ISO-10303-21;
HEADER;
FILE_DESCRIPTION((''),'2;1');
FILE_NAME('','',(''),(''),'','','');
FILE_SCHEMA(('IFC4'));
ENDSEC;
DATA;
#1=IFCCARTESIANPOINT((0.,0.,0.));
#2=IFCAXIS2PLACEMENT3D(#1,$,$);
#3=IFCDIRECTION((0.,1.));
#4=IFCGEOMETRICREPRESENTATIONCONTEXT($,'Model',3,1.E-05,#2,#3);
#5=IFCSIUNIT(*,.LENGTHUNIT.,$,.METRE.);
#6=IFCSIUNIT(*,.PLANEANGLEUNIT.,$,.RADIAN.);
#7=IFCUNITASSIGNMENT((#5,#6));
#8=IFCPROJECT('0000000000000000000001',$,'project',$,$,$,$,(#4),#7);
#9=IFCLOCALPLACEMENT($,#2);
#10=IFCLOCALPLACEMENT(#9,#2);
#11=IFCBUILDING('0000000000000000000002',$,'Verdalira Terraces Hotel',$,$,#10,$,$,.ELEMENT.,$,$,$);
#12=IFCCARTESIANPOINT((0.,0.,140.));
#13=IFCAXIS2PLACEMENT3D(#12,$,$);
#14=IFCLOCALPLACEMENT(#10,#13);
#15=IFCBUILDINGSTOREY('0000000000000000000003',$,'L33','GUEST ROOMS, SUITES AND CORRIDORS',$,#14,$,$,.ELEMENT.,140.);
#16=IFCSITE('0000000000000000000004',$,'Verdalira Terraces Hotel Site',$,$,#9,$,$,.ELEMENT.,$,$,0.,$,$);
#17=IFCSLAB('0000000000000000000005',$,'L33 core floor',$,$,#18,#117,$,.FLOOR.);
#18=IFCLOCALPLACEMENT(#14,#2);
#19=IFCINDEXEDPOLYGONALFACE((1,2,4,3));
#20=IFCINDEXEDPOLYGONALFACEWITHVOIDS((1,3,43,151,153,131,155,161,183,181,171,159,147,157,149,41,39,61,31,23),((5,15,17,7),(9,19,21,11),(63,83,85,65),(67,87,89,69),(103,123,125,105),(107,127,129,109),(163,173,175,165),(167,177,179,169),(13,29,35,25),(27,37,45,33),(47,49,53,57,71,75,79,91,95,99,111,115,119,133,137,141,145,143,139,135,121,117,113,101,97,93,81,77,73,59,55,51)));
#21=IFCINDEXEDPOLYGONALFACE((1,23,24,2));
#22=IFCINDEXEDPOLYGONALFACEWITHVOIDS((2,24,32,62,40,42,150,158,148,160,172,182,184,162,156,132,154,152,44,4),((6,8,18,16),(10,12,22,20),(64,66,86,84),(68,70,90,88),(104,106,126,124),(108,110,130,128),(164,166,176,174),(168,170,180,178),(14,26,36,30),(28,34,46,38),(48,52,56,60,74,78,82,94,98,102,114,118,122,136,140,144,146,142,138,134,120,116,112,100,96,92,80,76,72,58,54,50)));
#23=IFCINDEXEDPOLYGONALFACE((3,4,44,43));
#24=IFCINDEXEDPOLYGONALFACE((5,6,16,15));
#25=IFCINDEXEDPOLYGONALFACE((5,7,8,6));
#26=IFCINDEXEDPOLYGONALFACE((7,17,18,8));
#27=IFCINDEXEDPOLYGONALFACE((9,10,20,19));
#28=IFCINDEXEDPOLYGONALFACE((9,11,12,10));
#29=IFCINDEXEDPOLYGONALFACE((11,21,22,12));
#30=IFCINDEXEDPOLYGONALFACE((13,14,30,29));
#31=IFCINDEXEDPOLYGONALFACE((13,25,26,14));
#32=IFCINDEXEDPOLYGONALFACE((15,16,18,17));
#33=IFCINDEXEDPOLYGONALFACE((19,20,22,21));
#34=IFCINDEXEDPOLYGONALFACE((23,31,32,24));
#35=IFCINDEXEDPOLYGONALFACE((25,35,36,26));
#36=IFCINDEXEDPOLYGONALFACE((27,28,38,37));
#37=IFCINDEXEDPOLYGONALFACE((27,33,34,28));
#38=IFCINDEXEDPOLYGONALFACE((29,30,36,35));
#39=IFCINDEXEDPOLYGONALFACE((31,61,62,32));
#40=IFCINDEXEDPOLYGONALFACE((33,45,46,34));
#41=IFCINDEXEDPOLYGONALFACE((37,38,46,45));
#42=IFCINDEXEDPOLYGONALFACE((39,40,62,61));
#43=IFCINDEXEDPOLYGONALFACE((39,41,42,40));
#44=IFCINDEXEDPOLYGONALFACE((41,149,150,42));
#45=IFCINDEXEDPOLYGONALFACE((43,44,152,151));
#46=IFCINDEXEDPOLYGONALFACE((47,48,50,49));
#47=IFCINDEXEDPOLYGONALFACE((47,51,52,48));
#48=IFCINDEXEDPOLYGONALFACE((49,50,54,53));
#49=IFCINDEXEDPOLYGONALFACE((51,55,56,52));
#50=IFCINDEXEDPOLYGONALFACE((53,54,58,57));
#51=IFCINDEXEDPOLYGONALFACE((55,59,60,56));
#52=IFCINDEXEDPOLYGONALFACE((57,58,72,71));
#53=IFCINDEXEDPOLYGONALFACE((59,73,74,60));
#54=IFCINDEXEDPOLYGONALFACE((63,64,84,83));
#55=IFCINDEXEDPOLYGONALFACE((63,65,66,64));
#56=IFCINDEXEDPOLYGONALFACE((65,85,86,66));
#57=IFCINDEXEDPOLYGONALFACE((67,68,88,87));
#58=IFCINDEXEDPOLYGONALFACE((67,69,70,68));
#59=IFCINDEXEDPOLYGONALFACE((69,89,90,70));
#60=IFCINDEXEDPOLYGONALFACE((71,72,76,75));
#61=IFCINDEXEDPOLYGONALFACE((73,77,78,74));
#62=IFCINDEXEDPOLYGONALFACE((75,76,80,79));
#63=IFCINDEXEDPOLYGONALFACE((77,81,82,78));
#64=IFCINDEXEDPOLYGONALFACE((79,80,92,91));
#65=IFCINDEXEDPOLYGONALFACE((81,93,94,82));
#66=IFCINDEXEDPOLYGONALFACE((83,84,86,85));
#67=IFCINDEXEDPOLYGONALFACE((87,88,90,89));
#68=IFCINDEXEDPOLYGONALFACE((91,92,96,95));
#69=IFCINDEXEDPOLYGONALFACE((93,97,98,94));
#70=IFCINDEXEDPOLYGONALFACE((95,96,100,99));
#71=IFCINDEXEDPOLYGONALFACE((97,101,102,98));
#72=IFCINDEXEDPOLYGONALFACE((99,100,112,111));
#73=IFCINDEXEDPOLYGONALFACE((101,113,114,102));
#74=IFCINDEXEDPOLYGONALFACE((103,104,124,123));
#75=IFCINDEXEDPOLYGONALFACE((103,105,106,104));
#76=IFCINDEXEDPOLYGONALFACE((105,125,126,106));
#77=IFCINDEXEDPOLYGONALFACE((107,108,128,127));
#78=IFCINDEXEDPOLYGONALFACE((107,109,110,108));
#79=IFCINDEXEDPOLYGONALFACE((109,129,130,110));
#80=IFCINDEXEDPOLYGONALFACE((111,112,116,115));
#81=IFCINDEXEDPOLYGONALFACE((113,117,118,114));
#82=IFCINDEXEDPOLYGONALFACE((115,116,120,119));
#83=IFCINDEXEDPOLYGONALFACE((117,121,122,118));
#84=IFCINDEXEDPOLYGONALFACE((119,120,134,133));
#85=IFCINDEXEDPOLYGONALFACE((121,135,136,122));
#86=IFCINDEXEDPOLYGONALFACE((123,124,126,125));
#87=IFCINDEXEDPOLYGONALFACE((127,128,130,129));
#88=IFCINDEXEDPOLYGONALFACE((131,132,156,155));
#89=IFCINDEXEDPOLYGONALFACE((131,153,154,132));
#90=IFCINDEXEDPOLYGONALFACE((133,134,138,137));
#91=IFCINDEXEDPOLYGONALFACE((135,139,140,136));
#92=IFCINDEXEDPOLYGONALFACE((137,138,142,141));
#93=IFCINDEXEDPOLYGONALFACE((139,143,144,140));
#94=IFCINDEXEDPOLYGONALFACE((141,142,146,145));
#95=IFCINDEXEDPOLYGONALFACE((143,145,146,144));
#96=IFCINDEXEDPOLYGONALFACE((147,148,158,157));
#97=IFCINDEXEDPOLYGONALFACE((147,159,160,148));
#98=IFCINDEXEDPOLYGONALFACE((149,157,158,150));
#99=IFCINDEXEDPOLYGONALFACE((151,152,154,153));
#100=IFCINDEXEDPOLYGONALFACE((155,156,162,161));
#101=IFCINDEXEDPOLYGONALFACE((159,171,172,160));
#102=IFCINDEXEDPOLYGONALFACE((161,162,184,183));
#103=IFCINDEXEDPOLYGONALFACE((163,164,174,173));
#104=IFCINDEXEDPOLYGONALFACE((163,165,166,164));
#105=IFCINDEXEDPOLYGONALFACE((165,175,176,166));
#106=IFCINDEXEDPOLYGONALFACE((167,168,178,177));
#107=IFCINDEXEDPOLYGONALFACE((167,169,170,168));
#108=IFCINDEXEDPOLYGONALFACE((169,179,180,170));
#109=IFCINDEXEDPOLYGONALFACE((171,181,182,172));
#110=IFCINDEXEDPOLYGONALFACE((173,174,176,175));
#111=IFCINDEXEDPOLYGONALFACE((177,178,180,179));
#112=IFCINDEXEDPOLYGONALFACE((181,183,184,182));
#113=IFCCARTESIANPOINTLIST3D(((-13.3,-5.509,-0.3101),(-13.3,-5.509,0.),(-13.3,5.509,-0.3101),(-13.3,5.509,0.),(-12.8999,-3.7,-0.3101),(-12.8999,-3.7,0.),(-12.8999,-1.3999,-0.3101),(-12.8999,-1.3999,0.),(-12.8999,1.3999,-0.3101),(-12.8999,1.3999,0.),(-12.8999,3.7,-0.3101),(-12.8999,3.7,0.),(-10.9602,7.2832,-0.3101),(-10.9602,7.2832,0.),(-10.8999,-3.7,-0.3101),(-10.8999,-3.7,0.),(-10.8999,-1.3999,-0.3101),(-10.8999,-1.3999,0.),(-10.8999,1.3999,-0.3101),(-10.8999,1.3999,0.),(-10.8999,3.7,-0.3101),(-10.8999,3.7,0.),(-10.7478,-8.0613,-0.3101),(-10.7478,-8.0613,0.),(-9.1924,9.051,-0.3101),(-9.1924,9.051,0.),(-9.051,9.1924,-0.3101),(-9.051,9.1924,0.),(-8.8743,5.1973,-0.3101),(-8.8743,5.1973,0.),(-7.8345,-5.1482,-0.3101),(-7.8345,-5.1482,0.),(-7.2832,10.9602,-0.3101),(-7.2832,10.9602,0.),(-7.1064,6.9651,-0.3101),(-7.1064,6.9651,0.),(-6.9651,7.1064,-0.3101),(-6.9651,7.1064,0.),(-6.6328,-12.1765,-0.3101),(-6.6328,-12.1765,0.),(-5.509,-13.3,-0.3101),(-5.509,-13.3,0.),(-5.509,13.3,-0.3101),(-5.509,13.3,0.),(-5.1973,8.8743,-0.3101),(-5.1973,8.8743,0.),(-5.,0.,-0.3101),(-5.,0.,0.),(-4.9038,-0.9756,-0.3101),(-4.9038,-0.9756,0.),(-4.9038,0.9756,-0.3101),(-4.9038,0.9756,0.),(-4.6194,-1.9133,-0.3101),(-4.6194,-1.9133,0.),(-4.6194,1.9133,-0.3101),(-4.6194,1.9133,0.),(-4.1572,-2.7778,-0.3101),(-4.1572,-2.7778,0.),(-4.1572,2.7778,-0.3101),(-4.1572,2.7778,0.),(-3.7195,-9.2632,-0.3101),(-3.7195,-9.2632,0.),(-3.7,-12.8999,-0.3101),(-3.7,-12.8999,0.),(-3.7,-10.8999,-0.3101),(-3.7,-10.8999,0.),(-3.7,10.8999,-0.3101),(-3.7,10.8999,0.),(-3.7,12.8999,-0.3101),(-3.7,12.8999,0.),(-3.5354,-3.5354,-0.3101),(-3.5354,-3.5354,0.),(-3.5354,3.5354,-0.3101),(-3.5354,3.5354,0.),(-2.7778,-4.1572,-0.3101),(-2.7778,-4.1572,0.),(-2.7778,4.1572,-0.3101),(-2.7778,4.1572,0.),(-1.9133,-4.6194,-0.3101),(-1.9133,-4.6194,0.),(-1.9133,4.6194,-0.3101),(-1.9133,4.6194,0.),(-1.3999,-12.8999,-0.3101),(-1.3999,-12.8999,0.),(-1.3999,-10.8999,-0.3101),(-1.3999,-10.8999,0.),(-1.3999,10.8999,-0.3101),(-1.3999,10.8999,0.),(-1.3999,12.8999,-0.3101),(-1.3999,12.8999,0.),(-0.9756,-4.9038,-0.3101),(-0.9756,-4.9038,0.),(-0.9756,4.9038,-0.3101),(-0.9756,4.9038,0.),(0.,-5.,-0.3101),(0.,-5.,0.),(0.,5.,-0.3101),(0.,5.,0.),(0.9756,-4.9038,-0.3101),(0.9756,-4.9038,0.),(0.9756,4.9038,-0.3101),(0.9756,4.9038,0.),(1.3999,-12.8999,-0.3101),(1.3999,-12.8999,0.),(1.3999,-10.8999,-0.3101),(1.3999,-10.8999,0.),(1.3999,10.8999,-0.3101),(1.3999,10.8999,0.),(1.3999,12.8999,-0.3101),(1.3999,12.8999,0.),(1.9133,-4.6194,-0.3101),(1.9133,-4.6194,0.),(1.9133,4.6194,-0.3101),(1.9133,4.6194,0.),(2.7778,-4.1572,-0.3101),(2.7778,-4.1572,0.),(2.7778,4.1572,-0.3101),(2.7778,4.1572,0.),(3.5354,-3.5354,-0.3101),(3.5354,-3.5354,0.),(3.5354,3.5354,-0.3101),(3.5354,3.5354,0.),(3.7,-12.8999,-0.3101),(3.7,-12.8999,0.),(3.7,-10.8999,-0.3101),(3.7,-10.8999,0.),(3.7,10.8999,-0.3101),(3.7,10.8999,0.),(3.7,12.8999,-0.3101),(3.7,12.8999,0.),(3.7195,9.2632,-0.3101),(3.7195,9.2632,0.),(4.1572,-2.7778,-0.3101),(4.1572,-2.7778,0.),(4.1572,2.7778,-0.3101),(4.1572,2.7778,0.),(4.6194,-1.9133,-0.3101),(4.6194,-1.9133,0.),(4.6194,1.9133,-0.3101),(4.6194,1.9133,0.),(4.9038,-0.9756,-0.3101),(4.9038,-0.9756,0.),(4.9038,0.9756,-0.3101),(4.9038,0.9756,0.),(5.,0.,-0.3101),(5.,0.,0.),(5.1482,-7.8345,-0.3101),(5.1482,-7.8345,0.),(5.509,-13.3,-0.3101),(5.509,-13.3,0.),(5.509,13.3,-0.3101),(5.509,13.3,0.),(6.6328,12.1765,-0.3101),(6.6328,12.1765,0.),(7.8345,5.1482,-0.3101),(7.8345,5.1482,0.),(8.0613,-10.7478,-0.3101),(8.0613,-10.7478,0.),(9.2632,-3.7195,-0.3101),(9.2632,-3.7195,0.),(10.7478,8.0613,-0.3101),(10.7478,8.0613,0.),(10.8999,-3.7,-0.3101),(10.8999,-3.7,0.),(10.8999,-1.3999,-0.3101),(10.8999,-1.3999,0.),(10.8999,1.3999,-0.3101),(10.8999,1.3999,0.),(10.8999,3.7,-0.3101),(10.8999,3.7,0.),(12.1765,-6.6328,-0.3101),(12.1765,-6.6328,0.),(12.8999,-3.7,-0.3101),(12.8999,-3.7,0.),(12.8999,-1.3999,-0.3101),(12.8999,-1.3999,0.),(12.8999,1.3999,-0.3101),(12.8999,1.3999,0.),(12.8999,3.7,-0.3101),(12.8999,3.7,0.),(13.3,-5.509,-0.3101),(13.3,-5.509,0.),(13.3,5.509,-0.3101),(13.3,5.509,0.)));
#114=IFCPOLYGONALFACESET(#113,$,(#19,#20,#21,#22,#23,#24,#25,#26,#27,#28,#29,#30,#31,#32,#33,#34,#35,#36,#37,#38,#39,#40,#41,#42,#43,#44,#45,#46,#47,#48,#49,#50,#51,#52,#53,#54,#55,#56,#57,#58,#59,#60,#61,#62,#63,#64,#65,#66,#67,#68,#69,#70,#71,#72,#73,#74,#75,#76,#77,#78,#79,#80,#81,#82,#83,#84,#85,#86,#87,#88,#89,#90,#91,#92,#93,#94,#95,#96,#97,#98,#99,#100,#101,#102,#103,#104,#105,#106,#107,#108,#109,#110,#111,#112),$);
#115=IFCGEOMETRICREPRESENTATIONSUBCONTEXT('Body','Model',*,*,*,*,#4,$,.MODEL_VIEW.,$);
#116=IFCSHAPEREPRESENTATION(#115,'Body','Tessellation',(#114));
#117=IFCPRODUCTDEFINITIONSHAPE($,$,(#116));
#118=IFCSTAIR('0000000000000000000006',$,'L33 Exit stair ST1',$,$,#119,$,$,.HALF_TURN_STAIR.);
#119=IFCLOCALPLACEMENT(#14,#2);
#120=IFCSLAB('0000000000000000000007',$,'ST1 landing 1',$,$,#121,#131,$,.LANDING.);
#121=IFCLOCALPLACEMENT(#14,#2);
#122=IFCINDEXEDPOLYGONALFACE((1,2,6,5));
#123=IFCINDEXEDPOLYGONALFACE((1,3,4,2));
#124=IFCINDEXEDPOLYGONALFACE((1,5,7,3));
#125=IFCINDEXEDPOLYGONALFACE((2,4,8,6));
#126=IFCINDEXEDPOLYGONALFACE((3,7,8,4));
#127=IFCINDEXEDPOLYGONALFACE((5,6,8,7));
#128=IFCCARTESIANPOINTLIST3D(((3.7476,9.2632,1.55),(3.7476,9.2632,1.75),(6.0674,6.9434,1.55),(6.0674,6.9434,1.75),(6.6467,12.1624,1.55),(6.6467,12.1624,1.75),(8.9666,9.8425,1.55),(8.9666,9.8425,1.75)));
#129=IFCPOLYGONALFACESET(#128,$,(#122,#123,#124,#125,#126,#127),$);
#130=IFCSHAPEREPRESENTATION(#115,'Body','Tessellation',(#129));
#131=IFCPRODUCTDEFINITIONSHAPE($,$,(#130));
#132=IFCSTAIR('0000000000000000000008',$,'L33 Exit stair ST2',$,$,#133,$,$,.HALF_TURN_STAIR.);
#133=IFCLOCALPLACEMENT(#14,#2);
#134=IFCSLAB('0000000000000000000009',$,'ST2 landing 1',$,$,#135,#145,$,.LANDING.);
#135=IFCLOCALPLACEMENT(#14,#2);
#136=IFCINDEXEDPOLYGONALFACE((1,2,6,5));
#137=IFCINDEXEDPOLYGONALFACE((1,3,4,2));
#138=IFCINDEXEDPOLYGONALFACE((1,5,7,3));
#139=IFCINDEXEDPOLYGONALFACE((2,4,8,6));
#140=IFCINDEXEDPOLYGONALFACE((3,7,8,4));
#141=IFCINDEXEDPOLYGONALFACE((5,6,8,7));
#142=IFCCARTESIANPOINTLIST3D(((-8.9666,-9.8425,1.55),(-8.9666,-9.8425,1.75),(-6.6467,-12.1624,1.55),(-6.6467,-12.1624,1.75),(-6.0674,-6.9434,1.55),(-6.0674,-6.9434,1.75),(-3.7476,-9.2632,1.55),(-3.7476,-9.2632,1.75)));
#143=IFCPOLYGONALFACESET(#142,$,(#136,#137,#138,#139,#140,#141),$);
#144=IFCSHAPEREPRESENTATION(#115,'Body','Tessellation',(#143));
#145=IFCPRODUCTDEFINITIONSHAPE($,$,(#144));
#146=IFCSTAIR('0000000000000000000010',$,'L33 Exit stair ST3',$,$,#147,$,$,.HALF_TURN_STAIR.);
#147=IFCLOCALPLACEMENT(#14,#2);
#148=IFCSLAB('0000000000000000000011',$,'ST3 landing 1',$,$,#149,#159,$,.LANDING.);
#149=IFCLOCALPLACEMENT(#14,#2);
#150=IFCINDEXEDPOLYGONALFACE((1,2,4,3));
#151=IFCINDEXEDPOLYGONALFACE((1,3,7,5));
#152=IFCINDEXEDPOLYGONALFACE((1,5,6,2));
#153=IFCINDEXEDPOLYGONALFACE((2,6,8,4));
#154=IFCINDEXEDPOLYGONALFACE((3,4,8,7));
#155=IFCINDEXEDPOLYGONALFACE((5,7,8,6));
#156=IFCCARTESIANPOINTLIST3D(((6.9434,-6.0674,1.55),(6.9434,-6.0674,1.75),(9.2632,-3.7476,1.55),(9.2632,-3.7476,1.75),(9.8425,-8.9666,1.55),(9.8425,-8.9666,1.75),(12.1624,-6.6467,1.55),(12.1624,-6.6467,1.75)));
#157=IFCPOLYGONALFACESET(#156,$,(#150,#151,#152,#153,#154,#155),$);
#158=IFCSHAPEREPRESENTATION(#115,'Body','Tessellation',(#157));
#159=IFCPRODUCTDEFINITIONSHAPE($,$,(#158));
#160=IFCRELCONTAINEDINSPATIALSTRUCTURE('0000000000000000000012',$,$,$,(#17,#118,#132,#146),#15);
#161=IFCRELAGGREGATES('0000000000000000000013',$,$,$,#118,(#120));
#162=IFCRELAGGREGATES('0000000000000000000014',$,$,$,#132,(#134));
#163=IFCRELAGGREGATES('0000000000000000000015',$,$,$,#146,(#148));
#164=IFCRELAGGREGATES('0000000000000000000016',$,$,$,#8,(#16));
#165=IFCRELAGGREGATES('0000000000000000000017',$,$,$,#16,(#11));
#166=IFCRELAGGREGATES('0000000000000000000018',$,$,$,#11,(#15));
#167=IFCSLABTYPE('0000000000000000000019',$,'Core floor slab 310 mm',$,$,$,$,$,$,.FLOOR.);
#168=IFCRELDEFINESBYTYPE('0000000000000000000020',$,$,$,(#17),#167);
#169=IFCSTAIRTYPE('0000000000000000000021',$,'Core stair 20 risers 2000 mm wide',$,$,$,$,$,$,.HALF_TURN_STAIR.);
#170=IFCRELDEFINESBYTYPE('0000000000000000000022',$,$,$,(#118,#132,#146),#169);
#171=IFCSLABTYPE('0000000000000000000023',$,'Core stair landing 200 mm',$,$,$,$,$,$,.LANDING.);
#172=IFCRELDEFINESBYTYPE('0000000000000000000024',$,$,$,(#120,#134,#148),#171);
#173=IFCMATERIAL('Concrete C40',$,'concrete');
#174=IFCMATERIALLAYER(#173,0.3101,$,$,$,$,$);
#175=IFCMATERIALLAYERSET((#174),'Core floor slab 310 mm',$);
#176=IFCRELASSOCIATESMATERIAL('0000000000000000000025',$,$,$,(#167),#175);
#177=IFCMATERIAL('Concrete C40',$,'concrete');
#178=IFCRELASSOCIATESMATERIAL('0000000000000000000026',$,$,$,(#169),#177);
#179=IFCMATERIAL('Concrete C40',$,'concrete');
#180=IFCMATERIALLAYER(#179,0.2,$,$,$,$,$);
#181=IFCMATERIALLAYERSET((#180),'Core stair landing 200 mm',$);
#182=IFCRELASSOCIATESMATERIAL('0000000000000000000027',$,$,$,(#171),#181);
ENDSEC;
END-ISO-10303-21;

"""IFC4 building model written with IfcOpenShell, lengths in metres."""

from ifc_helpers import new_model, si_unit, direction, frame, origin, place, context, subcontext, project, spatial, polyline, outline, extrude, material, layer, layer_set, type_object, element, aggregate, save


model = new_model("IFC4")

# Units and contexts
model_context = context("Model", 3, precision=1e-05, world=origin(), true_north=direction((0.0, 1.0)))
body_context = subcontext(model_context, "Body", "Model", "MODEL_VIEW")
ifc_project = project(units=[si_unit("LENGTHUNIT", "METRE"), si_unit("PLANEANGLEUNIT", "RADIAN")], contexts=[model_context])

# Site, building, storey
site_placement = place(None, origin())
site = spatial("IfcSite", under=ifc_project, at=site_placement, Name="Verdalira Terraces Hotel Site", CompositionType="ELEMENT", RefElevation=0.0)
building_placement = place(site_placement, origin())
building = spatial("IfcBuilding", under=site, at=building_placement, Name="Verdalira Terraces Hotel", CompositionType="ELEMENT")
storey_placement = place(building_placement, frame((0.0, 0.0, 140.0)))
storey = spatial("IfcBuildingStorey", under=building, at=storey_placement, Name="L33", Description="GUEST ROOMS, SUITES AND CORRIDORS", CompositionType="ELEMENT", Elevation=140.0)

# Slab
ifc_material_1 = material(Name="Concrete C40", Category="concrete")
ifc_layer_1 = layer(ifc_material_1, 0.3101)
ifc_layer_set_1 = layer_set([ifc_layer_1], Name="Core floor slab 310 mm")
slab_type_1 = type_object("IfcSlabType", Name="Core floor slab 310 mm", PredefinedType="FLOOR", material=ifc_layer_set_1)
slab_1_placement = place(storey_placement, frame((0.0, 0.0, -0.3101)))
element("IfcSlab", 1, at=slab_1_placement, inside=storey, type_object=slab_type_1, Name="L33 core floor", PredefinedType="FLOOR", context=body_context, shape_type="SweptSolid", body=[
    extrude(outline(polyline([(-5.509, 13.3), (5.509, 13.3), (6.6328, 12.1765), (3.7195, 9.2632), (7.8345, 5.1482), (10.7478, 8.0613), (13.3, 5.509), (13.3, -5.509), (12.1765, -6.6328), (9.2632, -3.7195), (5.1482, -7.8345), (8.0613, -10.7478), (5.509, -13.3), (-5.509, -13.3), (-6.6328, -12.1765), (-3.7195, -9.2632), (-7.8345, -5.1482), (-10.7478, -8.0613), (-13.3, -5.509), (-13.3, 5.509), (-5.509, 13.3)]), holes=[polyline([(12.8999, -3.7), (12.8999, -1.3999), (10.8999, -1.3999), (10.8999, -3.7), (12.8999, -3.7)]), polyline([(12.8999, 1.3999), (12.8999, 3.7), (10.8999, 3.7), (10.8999, 1.3999), (12.8999, 1.3999)]), polyline([(1.3999, 10.8999), (3.7, 10.8999), (3.7, 12.8999), (1.3999, 12.8999), (1.3999, 10.8999)]), polyline([(-3.7, 10.8999), (-1.3999, 10.8999), (-1.3999, 12.8999), (-3.7, 12.8999), (-3.7, 10.8999)]), polyline([(-12.8999, 3.7), (-12.8999, 1.3999), (-10.8999, 1.3999), (-10.8999, 3.7), (-12.8999, 3.7)]), polyline([(-12.8999, -1.3999), (-12.8999, -3.7), (-10.8999, -3.7), (-10.8999, -1.3999), (-12.8999, -1.3999)]), polyline([(-1.3999, -10.8999), (-3.7, -10.8999), (-3.7, -12.8999), (-1.3999, -12.8999), (-1.3999, -10.8999)]), polyline([(3.7, -10.8999), (1.3999, -10.8999), (1.3999, -12.8999), (3.7, -12.8999), (3.7, -10.8999)]), polyline([(-9.051, 9.1924), (-6.9651, 7.1064), (-5.1973, 8.8743), (-7.2832, 10.9602), (-9.051, 9.1924)]), polyline([(-9.1924, 9.051), (-10.9602, 7.2832), (-8.8743, 5.1973), (-7.1064, 6.9651), (-9.1924, 9.051)]), polyline([(3.5354, 3.5354), (2.7778, 4.1572), (1.9133, 4.6194), (0.9756, 4.9038), (0.0, 5.0), (-0.9756, 4.9038), (-1.9133, 4.6194), (-2.7778, 4.1572), (-3.5354, 3.5354), (-4.1572, 2.7778), (-4.6194, 1.9133), (-4.9038, 0.9756), (-5.0, 0.0), (-4.9038, -0.9756), (-4.6194, -1.9133), (-4.1572, -2.7778), (-3.5354, -3.5354), (-2.7778, -4.1572), (-1.9133, -4.6194), (-0.9756, -4.9038), (0.0, -5.0), (0.9756, -4.9038), (1.9133, -4.6194), (2.7778, -4.1572), (3.5354, -3.5354), (4.1572, -2.7778), (4.6194, -1.9133), (4.9038, -0.9756), (5.0, 0.0), (4.9038, 0.9756), (4.6194, 1.9133), (4.1572, 2.7778), (3.5354, 3.5354)])]), origin(), (0.0, 0.0, 1.0), 0.3101),
])

# Stairs, slabs
ifc_material_2 = material(Name="Concrete C40", Category="concrete")
stair_type = type_object("IfcStairType", Name="Core stair 20 risers 2000 mm wide", PredefinedType="HALF_TURN_STAIR", material=ifc_material_2)
stair_1_placement = place(storey_placement, origin())
stair_1 = element("IfcStair", 2, at=stair_1_placement, inside=storey, type_object=stair_type, Name="L33 Exit stair ST1", PredefinedType="HALF_TURN_STAIR")
ifc_material_3 = material(Name="Concrete C40", Category="concrete")
ifc_layer_2 = layer(ifc_material_3, 0.2)
ifc_layer_set_2 = layer_set([ifc_layer_2], Name="Core stair landing 200 mm")
slab_type_2 = type_object("IfcSlabType", Name="Core stair landing 200 mm", PredefinedType="LANDING", material=ifc_layer_set_2)
slab_2_placement = place(storey_placement, frame((0.0, 0.0, 1.55)))
slab_2 = element("IfcSlab", 3, at=slab_2_placement, type_object=slab_type_2, Name="ST1 landing 1", PredefinedType="LANDING", context=body_context, shape_type="SweptSolid", body=[
    extrude(outline(polyline([(8.9666, 9.8425), (6.6467, 12.1624), (3.7476, 9.2632), (6.0674, 6.9434), (8.9666, 9.8425)])), origin(), (0.0, 0.0, 1.0), 0.2),
])
aggregate(stair_1, [slab_2])
stair_2_placement = place(storey_placement, origin())
stair_2 = element("IfcStair", 4, at=stair_2_placement, inside=storey, type_object=stair_type, Name="L33 Exit stair ST2", PredefinedType="HALF_TURN_STAIR")
slab_3_placement = place(storey_placement, frame((0.0, 0.0, 1.55)))
slab_3 = element("IfcSlab", 5, at=slab_3_placement, type_object=slab_type_2, Name="ST2 landing 1", PredefinedType="LANDING", context=body_context, shape_type="SweptSolid", body=[
    extrude(outline(polyline([(-8.9666, -9.8425), (-6.6467, -12.1624), (-3.7476, -9.2632), (-6.0674, -6.9434), (-8.9666, -9.8425)])), origin(), (0.0, 0.0, 1.0), 0.2),
])
aggregate(stair_2, [slab_3])
stair_3_placement = place(storey_placement, origin())
stair_3 = element("IfcStair", 6, at=stair_3_placement, inside=storey, type_object=stair_type, Name="L33 Exit stair ST3", PredefinedType="HALF_TURN_STAIR")
slab_4_placement = place(storey_placement, frame((0.0, 0.0, 1.55)))
slab_4 = element("IfcSlab", 7, at=slab_4_placement, type_object=slab_type_2, Name="ST3 landing 1", PredefinedType="LANDING", context=body_context, shape_type="SweptSolid", body=[
    extrude(outline(polyline([(9.8425, -8.9666), (12.1624, -6.6467), (9.2632, -3.7476), (6.9434, -6.0674), (9.8425, -8.9666)])), origin(), (0.0, 0.0, 1.0), 0.2),
])
aggregate(stair_3, [slab_4])

save(model, "model.ifc")
